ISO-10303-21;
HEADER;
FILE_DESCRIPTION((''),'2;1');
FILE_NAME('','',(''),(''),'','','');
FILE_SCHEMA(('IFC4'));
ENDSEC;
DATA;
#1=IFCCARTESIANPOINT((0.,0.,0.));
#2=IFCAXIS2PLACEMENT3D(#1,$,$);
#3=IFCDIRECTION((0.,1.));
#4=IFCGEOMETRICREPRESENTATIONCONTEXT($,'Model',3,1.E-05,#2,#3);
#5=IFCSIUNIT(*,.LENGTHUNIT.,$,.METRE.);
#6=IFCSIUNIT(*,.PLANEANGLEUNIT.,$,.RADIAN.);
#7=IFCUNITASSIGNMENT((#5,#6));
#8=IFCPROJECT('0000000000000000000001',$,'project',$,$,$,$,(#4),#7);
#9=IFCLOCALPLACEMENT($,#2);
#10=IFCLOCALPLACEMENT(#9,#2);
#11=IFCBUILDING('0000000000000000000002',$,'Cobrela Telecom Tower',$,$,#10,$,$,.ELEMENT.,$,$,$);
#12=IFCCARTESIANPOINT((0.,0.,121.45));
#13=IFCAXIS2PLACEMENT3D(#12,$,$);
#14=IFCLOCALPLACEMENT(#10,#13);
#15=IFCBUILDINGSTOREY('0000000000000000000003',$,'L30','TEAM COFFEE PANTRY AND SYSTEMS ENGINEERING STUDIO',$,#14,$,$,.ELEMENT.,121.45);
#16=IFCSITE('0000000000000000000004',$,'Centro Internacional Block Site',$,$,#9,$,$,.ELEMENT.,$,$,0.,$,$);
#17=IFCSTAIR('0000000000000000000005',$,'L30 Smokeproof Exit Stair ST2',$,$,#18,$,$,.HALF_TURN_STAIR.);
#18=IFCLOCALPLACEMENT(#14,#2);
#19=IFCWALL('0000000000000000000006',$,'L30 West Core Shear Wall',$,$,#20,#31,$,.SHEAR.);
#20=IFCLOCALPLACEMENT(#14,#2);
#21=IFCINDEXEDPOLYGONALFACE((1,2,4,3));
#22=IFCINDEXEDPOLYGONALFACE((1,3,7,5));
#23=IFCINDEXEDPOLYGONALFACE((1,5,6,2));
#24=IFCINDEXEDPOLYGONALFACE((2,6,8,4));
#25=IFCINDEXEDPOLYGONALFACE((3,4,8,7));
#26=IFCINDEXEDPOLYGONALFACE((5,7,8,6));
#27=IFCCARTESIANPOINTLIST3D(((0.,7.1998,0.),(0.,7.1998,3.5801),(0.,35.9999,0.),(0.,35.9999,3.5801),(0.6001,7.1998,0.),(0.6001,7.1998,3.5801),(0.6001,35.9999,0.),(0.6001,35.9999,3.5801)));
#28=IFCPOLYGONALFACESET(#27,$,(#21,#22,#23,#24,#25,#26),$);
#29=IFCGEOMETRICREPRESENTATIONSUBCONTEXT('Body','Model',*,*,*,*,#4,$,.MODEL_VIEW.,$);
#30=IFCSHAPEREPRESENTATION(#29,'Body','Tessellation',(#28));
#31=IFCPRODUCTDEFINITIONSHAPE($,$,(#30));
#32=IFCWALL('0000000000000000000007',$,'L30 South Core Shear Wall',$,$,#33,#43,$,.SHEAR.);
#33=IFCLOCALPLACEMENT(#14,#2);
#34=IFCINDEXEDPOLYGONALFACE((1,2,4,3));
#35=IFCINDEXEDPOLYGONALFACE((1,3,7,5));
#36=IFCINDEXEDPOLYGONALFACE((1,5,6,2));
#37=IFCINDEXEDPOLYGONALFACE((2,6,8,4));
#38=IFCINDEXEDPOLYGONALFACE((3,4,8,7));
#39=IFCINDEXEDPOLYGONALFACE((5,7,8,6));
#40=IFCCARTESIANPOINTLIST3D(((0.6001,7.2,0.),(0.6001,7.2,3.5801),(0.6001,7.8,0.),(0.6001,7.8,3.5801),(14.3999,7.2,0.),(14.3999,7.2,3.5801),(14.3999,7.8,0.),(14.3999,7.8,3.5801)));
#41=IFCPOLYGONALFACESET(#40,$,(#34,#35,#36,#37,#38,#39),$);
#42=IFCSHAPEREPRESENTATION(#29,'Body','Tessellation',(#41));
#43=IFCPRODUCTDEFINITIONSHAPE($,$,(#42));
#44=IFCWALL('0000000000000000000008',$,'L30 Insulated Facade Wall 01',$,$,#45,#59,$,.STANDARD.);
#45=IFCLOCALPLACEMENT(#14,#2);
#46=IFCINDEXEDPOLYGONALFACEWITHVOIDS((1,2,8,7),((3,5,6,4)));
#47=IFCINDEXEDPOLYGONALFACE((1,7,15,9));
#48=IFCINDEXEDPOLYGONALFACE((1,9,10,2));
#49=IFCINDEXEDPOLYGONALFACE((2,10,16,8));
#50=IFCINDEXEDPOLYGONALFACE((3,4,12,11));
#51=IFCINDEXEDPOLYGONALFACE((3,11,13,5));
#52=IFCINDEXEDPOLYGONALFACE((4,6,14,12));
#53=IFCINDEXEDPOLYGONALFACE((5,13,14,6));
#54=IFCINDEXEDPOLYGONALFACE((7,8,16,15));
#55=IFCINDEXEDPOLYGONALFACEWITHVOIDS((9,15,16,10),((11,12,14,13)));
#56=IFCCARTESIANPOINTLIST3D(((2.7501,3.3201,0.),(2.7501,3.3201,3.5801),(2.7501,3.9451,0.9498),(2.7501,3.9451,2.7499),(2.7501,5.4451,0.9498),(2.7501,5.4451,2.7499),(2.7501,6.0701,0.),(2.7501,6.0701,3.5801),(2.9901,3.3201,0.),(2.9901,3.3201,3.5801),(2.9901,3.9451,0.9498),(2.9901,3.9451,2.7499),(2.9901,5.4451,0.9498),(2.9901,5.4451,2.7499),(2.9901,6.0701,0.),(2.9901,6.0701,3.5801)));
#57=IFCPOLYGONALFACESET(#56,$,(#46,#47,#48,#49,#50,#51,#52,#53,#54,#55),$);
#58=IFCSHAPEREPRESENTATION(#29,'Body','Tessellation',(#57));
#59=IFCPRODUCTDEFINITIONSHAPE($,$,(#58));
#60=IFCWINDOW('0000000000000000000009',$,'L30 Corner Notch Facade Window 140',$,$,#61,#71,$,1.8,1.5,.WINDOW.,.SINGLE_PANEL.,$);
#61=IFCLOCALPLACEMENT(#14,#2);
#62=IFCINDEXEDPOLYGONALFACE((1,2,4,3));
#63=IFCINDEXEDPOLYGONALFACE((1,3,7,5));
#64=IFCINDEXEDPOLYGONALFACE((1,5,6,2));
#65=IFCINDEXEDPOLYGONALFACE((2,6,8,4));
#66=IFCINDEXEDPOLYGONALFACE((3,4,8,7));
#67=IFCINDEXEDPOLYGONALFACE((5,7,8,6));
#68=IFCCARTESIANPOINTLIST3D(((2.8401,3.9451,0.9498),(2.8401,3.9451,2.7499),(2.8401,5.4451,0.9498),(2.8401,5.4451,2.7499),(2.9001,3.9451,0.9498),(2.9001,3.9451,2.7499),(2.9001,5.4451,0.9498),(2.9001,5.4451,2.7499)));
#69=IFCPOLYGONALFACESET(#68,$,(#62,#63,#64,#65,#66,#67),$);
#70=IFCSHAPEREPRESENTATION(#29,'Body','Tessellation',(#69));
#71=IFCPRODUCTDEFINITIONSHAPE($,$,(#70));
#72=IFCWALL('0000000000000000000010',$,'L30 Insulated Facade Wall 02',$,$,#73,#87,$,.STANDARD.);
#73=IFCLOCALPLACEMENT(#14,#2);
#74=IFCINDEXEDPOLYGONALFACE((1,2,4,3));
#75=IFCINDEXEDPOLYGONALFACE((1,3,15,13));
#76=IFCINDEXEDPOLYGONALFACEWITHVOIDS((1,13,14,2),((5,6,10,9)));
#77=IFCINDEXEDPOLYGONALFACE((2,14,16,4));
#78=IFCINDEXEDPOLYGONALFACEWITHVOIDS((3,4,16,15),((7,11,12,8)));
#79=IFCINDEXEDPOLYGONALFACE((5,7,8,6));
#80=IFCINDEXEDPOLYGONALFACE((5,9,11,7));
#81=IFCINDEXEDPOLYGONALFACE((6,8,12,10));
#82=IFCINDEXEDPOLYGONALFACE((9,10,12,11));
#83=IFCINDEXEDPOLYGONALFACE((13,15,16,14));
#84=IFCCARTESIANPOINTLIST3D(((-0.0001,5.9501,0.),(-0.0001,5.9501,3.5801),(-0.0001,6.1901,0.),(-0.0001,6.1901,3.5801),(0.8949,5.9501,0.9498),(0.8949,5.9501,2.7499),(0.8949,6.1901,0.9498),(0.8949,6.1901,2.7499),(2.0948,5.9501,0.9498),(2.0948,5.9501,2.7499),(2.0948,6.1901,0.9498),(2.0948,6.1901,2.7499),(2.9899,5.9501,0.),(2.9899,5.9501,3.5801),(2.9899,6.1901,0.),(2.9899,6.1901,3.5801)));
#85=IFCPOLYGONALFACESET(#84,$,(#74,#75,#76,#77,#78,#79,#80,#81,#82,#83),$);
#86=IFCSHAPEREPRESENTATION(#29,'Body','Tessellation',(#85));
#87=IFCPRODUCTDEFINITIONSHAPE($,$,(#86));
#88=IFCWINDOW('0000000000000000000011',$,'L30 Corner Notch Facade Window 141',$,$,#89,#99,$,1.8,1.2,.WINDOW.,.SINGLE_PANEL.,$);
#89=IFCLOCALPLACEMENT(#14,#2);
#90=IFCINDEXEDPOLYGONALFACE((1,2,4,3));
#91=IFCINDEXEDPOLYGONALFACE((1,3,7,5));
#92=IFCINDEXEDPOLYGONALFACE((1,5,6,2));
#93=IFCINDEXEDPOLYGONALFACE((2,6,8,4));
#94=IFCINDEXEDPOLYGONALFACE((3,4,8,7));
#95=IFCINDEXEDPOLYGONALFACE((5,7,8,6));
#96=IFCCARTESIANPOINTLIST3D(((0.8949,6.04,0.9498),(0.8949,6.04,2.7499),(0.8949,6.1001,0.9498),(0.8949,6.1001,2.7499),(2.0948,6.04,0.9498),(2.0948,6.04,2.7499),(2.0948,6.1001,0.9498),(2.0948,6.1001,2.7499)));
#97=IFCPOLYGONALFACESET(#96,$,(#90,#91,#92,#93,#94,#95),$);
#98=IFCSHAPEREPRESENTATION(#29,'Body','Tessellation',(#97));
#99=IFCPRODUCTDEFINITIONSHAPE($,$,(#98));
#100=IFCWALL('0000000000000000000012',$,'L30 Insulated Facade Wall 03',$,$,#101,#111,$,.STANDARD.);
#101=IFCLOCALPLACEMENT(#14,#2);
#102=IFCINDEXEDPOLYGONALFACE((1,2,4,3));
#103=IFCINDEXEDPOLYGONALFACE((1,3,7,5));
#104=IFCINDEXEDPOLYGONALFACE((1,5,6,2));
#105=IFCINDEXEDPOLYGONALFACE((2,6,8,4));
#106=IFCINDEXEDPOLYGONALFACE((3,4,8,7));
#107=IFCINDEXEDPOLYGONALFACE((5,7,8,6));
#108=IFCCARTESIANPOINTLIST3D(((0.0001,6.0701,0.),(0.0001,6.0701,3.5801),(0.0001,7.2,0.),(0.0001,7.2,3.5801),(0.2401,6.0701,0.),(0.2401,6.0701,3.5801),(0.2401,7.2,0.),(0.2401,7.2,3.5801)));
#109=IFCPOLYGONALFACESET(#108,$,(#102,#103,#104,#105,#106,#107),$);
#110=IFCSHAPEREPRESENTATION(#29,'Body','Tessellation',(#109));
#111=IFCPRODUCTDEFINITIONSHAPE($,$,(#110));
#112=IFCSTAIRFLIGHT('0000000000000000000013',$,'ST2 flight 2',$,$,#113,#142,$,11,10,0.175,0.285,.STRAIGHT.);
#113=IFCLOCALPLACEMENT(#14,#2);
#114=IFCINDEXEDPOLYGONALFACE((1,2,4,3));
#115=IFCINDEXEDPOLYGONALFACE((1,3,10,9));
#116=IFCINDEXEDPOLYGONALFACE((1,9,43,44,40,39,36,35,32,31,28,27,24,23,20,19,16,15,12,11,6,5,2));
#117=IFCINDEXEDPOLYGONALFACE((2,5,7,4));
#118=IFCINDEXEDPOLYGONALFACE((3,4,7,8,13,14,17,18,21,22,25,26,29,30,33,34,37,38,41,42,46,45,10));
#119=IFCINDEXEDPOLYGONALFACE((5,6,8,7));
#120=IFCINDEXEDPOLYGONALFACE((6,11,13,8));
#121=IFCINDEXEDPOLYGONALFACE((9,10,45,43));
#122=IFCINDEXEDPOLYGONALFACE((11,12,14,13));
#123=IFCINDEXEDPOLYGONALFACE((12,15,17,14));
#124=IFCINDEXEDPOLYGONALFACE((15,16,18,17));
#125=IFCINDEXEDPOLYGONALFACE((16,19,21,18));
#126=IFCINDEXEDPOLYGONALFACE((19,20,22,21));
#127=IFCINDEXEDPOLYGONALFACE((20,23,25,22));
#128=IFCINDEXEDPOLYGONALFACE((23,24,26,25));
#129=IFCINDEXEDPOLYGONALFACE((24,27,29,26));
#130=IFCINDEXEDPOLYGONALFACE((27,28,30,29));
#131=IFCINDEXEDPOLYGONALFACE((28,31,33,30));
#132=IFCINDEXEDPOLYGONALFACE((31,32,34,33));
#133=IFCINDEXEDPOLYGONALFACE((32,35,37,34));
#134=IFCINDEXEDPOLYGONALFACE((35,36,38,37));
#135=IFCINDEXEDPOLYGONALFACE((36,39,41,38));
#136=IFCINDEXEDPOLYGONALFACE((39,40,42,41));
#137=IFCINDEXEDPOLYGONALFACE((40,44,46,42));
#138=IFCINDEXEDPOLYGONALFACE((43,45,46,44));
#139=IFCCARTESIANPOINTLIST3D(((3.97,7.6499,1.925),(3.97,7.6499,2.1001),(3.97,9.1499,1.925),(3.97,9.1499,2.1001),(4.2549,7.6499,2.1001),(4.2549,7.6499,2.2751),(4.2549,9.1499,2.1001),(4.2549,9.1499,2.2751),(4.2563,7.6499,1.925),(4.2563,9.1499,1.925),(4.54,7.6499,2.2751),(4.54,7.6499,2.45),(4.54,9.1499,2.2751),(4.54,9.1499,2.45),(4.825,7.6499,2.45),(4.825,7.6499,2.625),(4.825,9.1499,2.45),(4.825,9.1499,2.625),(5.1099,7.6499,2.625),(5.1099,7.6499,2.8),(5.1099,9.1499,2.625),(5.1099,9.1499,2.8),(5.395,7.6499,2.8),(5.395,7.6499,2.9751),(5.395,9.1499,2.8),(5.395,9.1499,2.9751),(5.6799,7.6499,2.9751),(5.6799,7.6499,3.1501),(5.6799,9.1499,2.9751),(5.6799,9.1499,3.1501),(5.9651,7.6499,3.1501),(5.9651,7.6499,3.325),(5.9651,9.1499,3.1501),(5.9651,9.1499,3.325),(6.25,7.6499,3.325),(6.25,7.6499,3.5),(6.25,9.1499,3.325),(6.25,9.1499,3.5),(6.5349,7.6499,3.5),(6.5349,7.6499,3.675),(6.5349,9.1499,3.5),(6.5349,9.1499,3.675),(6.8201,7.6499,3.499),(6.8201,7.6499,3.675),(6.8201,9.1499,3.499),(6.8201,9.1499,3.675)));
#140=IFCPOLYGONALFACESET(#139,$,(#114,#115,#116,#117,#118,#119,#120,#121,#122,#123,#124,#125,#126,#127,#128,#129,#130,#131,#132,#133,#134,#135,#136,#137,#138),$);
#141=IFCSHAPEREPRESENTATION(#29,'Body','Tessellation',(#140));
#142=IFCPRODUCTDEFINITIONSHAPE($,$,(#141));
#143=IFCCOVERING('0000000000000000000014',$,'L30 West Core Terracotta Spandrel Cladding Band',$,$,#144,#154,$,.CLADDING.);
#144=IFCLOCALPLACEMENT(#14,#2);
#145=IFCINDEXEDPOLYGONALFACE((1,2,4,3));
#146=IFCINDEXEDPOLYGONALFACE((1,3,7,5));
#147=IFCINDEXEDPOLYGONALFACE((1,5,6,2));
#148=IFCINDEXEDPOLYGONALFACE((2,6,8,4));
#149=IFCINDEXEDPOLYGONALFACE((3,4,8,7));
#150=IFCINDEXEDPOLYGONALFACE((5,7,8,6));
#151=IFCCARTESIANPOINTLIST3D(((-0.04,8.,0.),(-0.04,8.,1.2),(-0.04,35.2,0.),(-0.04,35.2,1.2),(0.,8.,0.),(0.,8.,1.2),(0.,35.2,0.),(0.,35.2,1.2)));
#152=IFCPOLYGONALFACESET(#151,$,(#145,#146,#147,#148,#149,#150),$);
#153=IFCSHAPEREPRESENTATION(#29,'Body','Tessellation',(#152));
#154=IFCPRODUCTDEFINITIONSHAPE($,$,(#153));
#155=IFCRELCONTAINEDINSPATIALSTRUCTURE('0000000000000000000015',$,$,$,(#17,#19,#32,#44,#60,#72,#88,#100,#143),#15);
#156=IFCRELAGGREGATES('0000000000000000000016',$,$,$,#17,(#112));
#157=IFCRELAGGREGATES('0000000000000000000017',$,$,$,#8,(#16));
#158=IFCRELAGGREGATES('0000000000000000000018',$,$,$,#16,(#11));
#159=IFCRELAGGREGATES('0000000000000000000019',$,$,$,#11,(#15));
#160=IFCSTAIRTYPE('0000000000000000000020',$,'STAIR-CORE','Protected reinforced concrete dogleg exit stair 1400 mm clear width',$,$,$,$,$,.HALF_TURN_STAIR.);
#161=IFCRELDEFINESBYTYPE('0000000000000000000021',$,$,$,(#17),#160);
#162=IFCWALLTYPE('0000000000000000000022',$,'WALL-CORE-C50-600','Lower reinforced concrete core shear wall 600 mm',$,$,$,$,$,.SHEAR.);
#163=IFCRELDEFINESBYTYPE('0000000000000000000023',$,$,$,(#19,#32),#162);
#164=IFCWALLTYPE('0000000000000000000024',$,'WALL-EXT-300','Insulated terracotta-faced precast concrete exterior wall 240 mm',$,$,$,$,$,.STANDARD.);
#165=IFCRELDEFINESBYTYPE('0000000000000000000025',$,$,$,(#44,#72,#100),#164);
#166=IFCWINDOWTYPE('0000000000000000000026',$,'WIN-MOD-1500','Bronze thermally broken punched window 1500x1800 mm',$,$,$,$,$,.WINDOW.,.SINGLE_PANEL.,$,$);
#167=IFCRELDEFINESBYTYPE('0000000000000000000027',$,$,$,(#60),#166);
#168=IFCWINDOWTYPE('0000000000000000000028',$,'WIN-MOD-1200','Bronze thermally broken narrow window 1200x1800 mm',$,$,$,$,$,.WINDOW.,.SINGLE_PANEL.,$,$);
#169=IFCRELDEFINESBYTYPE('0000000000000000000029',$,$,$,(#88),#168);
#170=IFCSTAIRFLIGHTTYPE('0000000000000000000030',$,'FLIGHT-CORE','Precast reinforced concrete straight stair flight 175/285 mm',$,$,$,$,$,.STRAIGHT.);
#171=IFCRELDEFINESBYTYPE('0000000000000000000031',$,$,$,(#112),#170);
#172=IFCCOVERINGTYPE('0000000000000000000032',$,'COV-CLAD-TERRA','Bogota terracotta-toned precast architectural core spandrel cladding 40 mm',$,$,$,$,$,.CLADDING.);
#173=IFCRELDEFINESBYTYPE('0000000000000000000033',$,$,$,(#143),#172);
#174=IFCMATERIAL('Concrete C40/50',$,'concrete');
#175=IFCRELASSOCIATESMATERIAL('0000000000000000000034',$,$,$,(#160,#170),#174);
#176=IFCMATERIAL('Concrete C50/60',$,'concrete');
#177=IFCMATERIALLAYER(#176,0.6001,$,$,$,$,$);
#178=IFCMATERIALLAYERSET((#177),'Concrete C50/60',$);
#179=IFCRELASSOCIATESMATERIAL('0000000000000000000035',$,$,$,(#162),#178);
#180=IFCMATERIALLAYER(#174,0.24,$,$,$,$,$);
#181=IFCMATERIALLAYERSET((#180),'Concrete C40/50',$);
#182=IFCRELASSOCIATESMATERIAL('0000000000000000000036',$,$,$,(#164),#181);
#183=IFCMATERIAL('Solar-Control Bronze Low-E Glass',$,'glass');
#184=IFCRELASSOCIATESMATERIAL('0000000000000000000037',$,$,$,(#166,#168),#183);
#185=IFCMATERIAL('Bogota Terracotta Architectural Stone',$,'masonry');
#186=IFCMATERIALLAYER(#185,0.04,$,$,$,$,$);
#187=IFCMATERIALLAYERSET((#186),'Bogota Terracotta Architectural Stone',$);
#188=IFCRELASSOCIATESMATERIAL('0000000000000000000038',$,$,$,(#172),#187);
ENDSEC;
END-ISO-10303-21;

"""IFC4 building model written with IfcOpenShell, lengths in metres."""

from ifc_helpers import new_model, si_unit, direction, frame, frame_2d, origin, place, context, subcontext, project, spatial, polyline, rectangle, outline, extrude, material, layer, layer_set, type_object, element, fill, aggregate, save


model = new_model("IFC4")

# Units and contexts
model_context = context("Model", 3, precision=1e-05, world=origin(), true_north=direction((0.0, 1.0)))
body_context = subcontext(model_context, "Body", "Model", "MODEL_VIEW")
ifc_project = project(units=[si_unit("LENGTHUNIT", "METRE"), si_unit("PLANEANGLEUNIT", "RADIAN")], contexts=[model_context])

# Site, building, storey
site_placement = place(None, origin())
site = spatial("IfcSite", under=ifc_project, at=site_placement, Name="Centro Internacional Block Site", CompositionType="ELEMENT", RefElevation=0.0)
building_placement = place(site_placement, origin())
building = spatial("IfcBuilding", under=site, at=building_placement, Name="Cobrela Telecom Tower", CompositionType="ELEMENT")
storey_placement = place(building_placement, frame((0.0, 0.0, 121.45)))
storey = spatial("IfcBuildingStorey", under=building, at=storey_placement, Name="L30", Description="TEAM COFFEE PANTRY AND SYSTEMS ENGINEERING STUDIO", CompositionType="ELEMENT", Elevation=121.45)

# Shared definitions
ifc_material_1 = material(Name="Solar-Control Bronze Low-E Glass", Category="glass")

# Shared definitions
ifc_material_2 = material(Name="Concrete C40/50", Category="concrete")

# Stair
stair_type = type_object("IfcStairType", Name="STAIR-CORE", Description="Protected reinforced concrete dogleg exit stair 1400 mm clear width", PredefinedType="HALF_TURN_STAIR", material=ifc_material_2)
stair_1_placement = place(storey_placement, origin())
stair_1 = element("IfcStair", 1, at=stair_1_placement, inside=storey, type_object=stair_type, Name="L30 Smokeproof Exit Stair ST2", PredefinedType="HALF_TURN_STAIR")

# Walls
ifc_material_3 = material(Name="Concrete C50/60", Category="concrete")
ifc_layer_1 = layer(ifc_material_3, 0.6001)
ifc_layer_set_1 = layer_set([ifc_layer_1], Name="Concrete C50/60")
wall_type_1 = type_object("IfcWallType", Name="WALL-CORE-C50-600", Description="Lower reinforced concrete core shear wall 600 mm", PredefinedType="SHEAR", material=ifc_layer_set_1)
wall_1_placement = place(storey_placement, frame((0.3, 7.2, 0.0), z_axis=(0.0, 0.0, 1.0), x_axis=(0.0, 1.0, 0.0)))
element("IfcWall", 2, at=wall_1_placement, inside=storey, type_object=wall_type_1, Name="L30 West Core Shear Wall", PredefinedType="SHEAR", context=body_context, shape_type="SweptSolid", body=[
    extrude(rectangle(XDim=28.8, YDim=0.6001, at=frame_2d((14.3999, 0.0))), origin(), (0.0, 0.0, 1.0), 3.5801),
])
wall_2_placement = place(storey_placement, frame((0.6001, 7.5, 0.0), z_axis=(0.0, 0.0, 1.0), x_axis=(1.0, 0.0, 0.0)))
element("IfcWall", 3, at=wall_2_placement, inside=storey, type_object=wall_type_1, Name="L30 South Core Shear Wall", PredefinedType="SHEAR", context=body_context, shape_type="SweptSolid", body=[
    extrude(rectangle(XDim=13.7998, YDim=0.6001, at=frame_2d((6.8999, 0.0))), origin(), (0.0, 0.0, 1.0), 3.5801),
])

# Walls, openings, windows
ifc_layer_2 = layer(ifc_material_2, 0.24)
ifc_layer_set_2 = layer_set([ifc_layer_2], Name="Concrete C40/50")
wall_type_2 = type_object("IfcWallType", Name="WALL-EXT-300", Description="Insulated terracotta-faced precast concrete exterior wall 240 mm", PredefinedType="STANDARD", material=ifc_layer_set_2)
wall_3_placement = place(storey_placement, frame((2.8701, 3.3201, 0.0), z_axis=(0.0, 0.0, 1.0), x_axis=(0.0, 1.0, 0.0)))
wall_3 = element("IfcWall", 4, at=wall_3_placement, inside=storey, type_object=wall_type_2, Name="L30 Insulated Facade Wall 01", PredefinedType="STANDARD", context=body_context, shape_type="SweptSolid", body=[
    extrude(rectangle(XDim=2.75, YDim=0.24, at=frame_2d((1.375, 0.0))), origin(), (0.0, 0.0, 1.0), 3.5801),
])
opening_1_placement = place(wall_3_placement, frame((0.625, 0.0, 0.95)))
opening_1 = element("IfcOpeningElement", 5, at=opening_1_placement, cuts=wall_3, PredefinedType="OPENING", context=body_context, shape_type="SweptSolid", body=[
    extrude(rectangle(XDim=1.5, YDim=1.8, at=frame_2d((0.75, 0.8999))), frame((0.0, 0.1318, 0.0), z_axis=(0.0, -1.0, 0.0), x_axis=(1.0, 0.0, 0.0)), (0.0, 0.0, 1.0), 0.2639),
])
window_type_1 = type_object("IfcWindowType", Name="WIN-MOD-1500", Description="Bronze thermally broken punched window 1500x1800 mm", PartitioningType="SINGLE_PANEL", PredefinedType="WINDOW", material=ifc_material_1)
window_1_placement = place(opening_1_placement, origin())
window_1 = element("IfcWindow", 6, at=window_1_placement, inside=storey, type_object=window_type_1, Name="L30 Corner Notch Facade Window 140", OverallHeight=1.8, OverallWidth=1.5, PartitioningType="SINGLE_PANEL", PredefinedType="WINDOW", context=body_context, shape_type="SweptSolid", body=[
    extrude(rectangle(XDim=1.5, YDim=1.8, at=frame_2d((0.75, 0.8999))), frame((0.0, 0.03, 0.0), z_axis=(0.0, -1.0, 0.0), x_axis=(1.0, 0.0, 0.0)), (0.0, 0.0, 1.0), 0.0601),
])
fill(opening_1, window_1)
wall_4_placement = place(storey_placement, frame((2.99, 6.0701, 0.0), z_axis=(0.0, 0.0, 1.0), x_axis=(-1.0, 0.0, 0.0)))
wall_4 = element("IfcWall", 7, at=wall_4_placement, inside=storey, type_object=wall_type_2, Name="L30 Insulated Facade Wall 02", PredefinedType="STANDARD", context=body_context, shape_type="SweptSolid", body=[
    extrude(rectangle(XDim=2.99, YDim=0.24, at=frame_2d((1.4951, 0.0))), origin(), (0.0, 0.0, 1.0), 3.5801),
])
opening_2_placement = place(wall_4_placement, frame((0.895, 0.0, 0.95)))
opening_2 = element("IfcOpeningElement", 8, at=opening_2_placement, cuts=wall_4, PredefinedType="OPENING", context=body_context, shape_type="SweptSolid", body=[
    extrude(rectangle(XDim=1.2, YDim=1.8, at=frame_2d((0.6001, 0.8999))), frame((0.0, 0.1318, 0.0), z_axis=(0.0, -1.0, 0.0), x_axis=(1.0, 0.0, 0.0)), (0.0, 0.0, 1.0), 0.2639),
])
window_type_2 = type_object("IfcWindowType", Name="WIN-MOD-1200", Description="Bronze thermally broken narrow window 1200x1800 mm", PartitioningType="SINGLE_PANEL", PredefinedType="WINDOW", material=ifc_material_1)
window_2_placement = place(opening_2_placement, origin())
window_2 = element("IfcWindow", 9, at=window_2_placement, inside=storey, type_object=window_type_2, Name="L30 Corner Notch Facade Window 141", OverallHeight=1.8, OverallWidth=1.2, PartitioningType="SINGLE_PANEL", PredefinedType="WINDOW", context=body_context, shape_type="SweptSolid", body=[
    extrude(rectangle(XDim=1.2, YDim=1.8, at=frame_2d((0.6001, 0.8999))), frame((0.0, 0.03, 0.0), z_axis=(0.0, -1.0, 0.0), x_axis=(1.0, 0.0, 0.0)), (0.0, 0.0, 1.0), 0.0601),
])
fill(opening_2, window_2)

# Wall
wall_5_placement = place(storey_placement, frame((0.1201, 6.0701, 0.0), z_axis=(0.0, 0.0, 1.0), x_axis=(0.0, 1.0, 0.0)))
element("IfcWall", 10, at=wall_5_placement, inside=storey, type_object=wall_type_2, Name="L30 Insulated Facade Wall 03", PredefinedType="STANDARD", context=body_context, shape_type="SweptSolid", body=[
    extrude(rectangle(XDim=1.1299, YDim=0.24, at=frame_2d((0.5649, 0.0))), origin(), (0.0, 0.0, 1.0), 3.5801),
])

# Stair flight
stair_flight_type = type_object("IfcStairFlightType", Name="FLIGHT-CORE", Description="Precast reinforced concrete straight stair flight 175/285 mm", PredefinedType="STRAIGHT", material=ifc_material_2)
stair_flight_placement = place(storey_placement, frame((3.97, 8.3999, 1.925), z_axis=(0.0, 0.0, 1.0), x_axis=(1.0, 0.0, 0.0)))
stair_flight = element("IfcStairFlight", 11, at=stair_flight_placement, type_object=stair_flight_type, Name="ST2 flight 2", NumberOfRisers=11, NumberOfTreads=10, PredefinedType="STRAIGHT", RiserHeight=0.175, TreadLength=0.285, context=body_context, shape_type="SweptSolid", body=[
    extrude(outline(polyline([(0.0, 0.0), (0.0, 0.175), (0.2849, 0.175), (0.2849, 0.3501), (0.5701, 0.3501), (0.5701, 0.5249), (0.855, 0.5249), (0.855, 0.7), (1.1399, 0.7), (1.1399, 0.875), (1.425, 0.875), (1.425, 1.05), (1.71, 1.05), (1.71, 1.2251), (1.9951, 1.2251), (1.9951, 1.3999), (2.28, 1.3999), (2.28, 1.575), (2.5649, 1.575), (2.5649, 1.75), (2.8501, 1.75), (2.8501, 1.925), (2.8501, 1.574), (0.2864, 0.0), (0.0, 0.0)])), frame((0.0, 0.75, 0.0), z_axis=(0.0, -1.0, 0.0), x_axis=(1.0, 0.0, 0.0)), (0.0, 0.0, 1.0), 1.5),
])
aggregate(stair_1, [stair_flight])

# Covering
ifc_material_4 = material(Name="Bogota Terracotta Architectural Stone", Category="masonry")
ifc_layer_3 = layer(ifc_material_4, 0.04)
ifc_layer_set_3 = layer_set([ifc_layer_3], Name="Bogota Terracotta Architectural Stone")
covering_type = type_object("IfcCoveringType", Name="COV-CLAD-TERRA", Description="Bogota terracotta-toned precast architectural core spandrel cladding 40 mm", PredefinedType="CLADDING", material=ifc_layer_set_3)
covering_placement = place(storey_placement, origin())
element("IfcCovering", 12, at=covering_placement, inside=storey, type_object=covering_type, Name="L30 West Core Terracotta Spandrel Cladding Band", PredefinedType="CLADDING", context=body_context, shape_type="SweptSolid", body=[
    extrude(outline(polyline([(-0.04, 8.0), (0.0, 8.0), (0.0, 35.2), (-0.04, 35.2), (-0.04, 8.0)])), origin(), (0.0, 0.0, 1.0), 1.2),
])

save(model, "model.ifc")
